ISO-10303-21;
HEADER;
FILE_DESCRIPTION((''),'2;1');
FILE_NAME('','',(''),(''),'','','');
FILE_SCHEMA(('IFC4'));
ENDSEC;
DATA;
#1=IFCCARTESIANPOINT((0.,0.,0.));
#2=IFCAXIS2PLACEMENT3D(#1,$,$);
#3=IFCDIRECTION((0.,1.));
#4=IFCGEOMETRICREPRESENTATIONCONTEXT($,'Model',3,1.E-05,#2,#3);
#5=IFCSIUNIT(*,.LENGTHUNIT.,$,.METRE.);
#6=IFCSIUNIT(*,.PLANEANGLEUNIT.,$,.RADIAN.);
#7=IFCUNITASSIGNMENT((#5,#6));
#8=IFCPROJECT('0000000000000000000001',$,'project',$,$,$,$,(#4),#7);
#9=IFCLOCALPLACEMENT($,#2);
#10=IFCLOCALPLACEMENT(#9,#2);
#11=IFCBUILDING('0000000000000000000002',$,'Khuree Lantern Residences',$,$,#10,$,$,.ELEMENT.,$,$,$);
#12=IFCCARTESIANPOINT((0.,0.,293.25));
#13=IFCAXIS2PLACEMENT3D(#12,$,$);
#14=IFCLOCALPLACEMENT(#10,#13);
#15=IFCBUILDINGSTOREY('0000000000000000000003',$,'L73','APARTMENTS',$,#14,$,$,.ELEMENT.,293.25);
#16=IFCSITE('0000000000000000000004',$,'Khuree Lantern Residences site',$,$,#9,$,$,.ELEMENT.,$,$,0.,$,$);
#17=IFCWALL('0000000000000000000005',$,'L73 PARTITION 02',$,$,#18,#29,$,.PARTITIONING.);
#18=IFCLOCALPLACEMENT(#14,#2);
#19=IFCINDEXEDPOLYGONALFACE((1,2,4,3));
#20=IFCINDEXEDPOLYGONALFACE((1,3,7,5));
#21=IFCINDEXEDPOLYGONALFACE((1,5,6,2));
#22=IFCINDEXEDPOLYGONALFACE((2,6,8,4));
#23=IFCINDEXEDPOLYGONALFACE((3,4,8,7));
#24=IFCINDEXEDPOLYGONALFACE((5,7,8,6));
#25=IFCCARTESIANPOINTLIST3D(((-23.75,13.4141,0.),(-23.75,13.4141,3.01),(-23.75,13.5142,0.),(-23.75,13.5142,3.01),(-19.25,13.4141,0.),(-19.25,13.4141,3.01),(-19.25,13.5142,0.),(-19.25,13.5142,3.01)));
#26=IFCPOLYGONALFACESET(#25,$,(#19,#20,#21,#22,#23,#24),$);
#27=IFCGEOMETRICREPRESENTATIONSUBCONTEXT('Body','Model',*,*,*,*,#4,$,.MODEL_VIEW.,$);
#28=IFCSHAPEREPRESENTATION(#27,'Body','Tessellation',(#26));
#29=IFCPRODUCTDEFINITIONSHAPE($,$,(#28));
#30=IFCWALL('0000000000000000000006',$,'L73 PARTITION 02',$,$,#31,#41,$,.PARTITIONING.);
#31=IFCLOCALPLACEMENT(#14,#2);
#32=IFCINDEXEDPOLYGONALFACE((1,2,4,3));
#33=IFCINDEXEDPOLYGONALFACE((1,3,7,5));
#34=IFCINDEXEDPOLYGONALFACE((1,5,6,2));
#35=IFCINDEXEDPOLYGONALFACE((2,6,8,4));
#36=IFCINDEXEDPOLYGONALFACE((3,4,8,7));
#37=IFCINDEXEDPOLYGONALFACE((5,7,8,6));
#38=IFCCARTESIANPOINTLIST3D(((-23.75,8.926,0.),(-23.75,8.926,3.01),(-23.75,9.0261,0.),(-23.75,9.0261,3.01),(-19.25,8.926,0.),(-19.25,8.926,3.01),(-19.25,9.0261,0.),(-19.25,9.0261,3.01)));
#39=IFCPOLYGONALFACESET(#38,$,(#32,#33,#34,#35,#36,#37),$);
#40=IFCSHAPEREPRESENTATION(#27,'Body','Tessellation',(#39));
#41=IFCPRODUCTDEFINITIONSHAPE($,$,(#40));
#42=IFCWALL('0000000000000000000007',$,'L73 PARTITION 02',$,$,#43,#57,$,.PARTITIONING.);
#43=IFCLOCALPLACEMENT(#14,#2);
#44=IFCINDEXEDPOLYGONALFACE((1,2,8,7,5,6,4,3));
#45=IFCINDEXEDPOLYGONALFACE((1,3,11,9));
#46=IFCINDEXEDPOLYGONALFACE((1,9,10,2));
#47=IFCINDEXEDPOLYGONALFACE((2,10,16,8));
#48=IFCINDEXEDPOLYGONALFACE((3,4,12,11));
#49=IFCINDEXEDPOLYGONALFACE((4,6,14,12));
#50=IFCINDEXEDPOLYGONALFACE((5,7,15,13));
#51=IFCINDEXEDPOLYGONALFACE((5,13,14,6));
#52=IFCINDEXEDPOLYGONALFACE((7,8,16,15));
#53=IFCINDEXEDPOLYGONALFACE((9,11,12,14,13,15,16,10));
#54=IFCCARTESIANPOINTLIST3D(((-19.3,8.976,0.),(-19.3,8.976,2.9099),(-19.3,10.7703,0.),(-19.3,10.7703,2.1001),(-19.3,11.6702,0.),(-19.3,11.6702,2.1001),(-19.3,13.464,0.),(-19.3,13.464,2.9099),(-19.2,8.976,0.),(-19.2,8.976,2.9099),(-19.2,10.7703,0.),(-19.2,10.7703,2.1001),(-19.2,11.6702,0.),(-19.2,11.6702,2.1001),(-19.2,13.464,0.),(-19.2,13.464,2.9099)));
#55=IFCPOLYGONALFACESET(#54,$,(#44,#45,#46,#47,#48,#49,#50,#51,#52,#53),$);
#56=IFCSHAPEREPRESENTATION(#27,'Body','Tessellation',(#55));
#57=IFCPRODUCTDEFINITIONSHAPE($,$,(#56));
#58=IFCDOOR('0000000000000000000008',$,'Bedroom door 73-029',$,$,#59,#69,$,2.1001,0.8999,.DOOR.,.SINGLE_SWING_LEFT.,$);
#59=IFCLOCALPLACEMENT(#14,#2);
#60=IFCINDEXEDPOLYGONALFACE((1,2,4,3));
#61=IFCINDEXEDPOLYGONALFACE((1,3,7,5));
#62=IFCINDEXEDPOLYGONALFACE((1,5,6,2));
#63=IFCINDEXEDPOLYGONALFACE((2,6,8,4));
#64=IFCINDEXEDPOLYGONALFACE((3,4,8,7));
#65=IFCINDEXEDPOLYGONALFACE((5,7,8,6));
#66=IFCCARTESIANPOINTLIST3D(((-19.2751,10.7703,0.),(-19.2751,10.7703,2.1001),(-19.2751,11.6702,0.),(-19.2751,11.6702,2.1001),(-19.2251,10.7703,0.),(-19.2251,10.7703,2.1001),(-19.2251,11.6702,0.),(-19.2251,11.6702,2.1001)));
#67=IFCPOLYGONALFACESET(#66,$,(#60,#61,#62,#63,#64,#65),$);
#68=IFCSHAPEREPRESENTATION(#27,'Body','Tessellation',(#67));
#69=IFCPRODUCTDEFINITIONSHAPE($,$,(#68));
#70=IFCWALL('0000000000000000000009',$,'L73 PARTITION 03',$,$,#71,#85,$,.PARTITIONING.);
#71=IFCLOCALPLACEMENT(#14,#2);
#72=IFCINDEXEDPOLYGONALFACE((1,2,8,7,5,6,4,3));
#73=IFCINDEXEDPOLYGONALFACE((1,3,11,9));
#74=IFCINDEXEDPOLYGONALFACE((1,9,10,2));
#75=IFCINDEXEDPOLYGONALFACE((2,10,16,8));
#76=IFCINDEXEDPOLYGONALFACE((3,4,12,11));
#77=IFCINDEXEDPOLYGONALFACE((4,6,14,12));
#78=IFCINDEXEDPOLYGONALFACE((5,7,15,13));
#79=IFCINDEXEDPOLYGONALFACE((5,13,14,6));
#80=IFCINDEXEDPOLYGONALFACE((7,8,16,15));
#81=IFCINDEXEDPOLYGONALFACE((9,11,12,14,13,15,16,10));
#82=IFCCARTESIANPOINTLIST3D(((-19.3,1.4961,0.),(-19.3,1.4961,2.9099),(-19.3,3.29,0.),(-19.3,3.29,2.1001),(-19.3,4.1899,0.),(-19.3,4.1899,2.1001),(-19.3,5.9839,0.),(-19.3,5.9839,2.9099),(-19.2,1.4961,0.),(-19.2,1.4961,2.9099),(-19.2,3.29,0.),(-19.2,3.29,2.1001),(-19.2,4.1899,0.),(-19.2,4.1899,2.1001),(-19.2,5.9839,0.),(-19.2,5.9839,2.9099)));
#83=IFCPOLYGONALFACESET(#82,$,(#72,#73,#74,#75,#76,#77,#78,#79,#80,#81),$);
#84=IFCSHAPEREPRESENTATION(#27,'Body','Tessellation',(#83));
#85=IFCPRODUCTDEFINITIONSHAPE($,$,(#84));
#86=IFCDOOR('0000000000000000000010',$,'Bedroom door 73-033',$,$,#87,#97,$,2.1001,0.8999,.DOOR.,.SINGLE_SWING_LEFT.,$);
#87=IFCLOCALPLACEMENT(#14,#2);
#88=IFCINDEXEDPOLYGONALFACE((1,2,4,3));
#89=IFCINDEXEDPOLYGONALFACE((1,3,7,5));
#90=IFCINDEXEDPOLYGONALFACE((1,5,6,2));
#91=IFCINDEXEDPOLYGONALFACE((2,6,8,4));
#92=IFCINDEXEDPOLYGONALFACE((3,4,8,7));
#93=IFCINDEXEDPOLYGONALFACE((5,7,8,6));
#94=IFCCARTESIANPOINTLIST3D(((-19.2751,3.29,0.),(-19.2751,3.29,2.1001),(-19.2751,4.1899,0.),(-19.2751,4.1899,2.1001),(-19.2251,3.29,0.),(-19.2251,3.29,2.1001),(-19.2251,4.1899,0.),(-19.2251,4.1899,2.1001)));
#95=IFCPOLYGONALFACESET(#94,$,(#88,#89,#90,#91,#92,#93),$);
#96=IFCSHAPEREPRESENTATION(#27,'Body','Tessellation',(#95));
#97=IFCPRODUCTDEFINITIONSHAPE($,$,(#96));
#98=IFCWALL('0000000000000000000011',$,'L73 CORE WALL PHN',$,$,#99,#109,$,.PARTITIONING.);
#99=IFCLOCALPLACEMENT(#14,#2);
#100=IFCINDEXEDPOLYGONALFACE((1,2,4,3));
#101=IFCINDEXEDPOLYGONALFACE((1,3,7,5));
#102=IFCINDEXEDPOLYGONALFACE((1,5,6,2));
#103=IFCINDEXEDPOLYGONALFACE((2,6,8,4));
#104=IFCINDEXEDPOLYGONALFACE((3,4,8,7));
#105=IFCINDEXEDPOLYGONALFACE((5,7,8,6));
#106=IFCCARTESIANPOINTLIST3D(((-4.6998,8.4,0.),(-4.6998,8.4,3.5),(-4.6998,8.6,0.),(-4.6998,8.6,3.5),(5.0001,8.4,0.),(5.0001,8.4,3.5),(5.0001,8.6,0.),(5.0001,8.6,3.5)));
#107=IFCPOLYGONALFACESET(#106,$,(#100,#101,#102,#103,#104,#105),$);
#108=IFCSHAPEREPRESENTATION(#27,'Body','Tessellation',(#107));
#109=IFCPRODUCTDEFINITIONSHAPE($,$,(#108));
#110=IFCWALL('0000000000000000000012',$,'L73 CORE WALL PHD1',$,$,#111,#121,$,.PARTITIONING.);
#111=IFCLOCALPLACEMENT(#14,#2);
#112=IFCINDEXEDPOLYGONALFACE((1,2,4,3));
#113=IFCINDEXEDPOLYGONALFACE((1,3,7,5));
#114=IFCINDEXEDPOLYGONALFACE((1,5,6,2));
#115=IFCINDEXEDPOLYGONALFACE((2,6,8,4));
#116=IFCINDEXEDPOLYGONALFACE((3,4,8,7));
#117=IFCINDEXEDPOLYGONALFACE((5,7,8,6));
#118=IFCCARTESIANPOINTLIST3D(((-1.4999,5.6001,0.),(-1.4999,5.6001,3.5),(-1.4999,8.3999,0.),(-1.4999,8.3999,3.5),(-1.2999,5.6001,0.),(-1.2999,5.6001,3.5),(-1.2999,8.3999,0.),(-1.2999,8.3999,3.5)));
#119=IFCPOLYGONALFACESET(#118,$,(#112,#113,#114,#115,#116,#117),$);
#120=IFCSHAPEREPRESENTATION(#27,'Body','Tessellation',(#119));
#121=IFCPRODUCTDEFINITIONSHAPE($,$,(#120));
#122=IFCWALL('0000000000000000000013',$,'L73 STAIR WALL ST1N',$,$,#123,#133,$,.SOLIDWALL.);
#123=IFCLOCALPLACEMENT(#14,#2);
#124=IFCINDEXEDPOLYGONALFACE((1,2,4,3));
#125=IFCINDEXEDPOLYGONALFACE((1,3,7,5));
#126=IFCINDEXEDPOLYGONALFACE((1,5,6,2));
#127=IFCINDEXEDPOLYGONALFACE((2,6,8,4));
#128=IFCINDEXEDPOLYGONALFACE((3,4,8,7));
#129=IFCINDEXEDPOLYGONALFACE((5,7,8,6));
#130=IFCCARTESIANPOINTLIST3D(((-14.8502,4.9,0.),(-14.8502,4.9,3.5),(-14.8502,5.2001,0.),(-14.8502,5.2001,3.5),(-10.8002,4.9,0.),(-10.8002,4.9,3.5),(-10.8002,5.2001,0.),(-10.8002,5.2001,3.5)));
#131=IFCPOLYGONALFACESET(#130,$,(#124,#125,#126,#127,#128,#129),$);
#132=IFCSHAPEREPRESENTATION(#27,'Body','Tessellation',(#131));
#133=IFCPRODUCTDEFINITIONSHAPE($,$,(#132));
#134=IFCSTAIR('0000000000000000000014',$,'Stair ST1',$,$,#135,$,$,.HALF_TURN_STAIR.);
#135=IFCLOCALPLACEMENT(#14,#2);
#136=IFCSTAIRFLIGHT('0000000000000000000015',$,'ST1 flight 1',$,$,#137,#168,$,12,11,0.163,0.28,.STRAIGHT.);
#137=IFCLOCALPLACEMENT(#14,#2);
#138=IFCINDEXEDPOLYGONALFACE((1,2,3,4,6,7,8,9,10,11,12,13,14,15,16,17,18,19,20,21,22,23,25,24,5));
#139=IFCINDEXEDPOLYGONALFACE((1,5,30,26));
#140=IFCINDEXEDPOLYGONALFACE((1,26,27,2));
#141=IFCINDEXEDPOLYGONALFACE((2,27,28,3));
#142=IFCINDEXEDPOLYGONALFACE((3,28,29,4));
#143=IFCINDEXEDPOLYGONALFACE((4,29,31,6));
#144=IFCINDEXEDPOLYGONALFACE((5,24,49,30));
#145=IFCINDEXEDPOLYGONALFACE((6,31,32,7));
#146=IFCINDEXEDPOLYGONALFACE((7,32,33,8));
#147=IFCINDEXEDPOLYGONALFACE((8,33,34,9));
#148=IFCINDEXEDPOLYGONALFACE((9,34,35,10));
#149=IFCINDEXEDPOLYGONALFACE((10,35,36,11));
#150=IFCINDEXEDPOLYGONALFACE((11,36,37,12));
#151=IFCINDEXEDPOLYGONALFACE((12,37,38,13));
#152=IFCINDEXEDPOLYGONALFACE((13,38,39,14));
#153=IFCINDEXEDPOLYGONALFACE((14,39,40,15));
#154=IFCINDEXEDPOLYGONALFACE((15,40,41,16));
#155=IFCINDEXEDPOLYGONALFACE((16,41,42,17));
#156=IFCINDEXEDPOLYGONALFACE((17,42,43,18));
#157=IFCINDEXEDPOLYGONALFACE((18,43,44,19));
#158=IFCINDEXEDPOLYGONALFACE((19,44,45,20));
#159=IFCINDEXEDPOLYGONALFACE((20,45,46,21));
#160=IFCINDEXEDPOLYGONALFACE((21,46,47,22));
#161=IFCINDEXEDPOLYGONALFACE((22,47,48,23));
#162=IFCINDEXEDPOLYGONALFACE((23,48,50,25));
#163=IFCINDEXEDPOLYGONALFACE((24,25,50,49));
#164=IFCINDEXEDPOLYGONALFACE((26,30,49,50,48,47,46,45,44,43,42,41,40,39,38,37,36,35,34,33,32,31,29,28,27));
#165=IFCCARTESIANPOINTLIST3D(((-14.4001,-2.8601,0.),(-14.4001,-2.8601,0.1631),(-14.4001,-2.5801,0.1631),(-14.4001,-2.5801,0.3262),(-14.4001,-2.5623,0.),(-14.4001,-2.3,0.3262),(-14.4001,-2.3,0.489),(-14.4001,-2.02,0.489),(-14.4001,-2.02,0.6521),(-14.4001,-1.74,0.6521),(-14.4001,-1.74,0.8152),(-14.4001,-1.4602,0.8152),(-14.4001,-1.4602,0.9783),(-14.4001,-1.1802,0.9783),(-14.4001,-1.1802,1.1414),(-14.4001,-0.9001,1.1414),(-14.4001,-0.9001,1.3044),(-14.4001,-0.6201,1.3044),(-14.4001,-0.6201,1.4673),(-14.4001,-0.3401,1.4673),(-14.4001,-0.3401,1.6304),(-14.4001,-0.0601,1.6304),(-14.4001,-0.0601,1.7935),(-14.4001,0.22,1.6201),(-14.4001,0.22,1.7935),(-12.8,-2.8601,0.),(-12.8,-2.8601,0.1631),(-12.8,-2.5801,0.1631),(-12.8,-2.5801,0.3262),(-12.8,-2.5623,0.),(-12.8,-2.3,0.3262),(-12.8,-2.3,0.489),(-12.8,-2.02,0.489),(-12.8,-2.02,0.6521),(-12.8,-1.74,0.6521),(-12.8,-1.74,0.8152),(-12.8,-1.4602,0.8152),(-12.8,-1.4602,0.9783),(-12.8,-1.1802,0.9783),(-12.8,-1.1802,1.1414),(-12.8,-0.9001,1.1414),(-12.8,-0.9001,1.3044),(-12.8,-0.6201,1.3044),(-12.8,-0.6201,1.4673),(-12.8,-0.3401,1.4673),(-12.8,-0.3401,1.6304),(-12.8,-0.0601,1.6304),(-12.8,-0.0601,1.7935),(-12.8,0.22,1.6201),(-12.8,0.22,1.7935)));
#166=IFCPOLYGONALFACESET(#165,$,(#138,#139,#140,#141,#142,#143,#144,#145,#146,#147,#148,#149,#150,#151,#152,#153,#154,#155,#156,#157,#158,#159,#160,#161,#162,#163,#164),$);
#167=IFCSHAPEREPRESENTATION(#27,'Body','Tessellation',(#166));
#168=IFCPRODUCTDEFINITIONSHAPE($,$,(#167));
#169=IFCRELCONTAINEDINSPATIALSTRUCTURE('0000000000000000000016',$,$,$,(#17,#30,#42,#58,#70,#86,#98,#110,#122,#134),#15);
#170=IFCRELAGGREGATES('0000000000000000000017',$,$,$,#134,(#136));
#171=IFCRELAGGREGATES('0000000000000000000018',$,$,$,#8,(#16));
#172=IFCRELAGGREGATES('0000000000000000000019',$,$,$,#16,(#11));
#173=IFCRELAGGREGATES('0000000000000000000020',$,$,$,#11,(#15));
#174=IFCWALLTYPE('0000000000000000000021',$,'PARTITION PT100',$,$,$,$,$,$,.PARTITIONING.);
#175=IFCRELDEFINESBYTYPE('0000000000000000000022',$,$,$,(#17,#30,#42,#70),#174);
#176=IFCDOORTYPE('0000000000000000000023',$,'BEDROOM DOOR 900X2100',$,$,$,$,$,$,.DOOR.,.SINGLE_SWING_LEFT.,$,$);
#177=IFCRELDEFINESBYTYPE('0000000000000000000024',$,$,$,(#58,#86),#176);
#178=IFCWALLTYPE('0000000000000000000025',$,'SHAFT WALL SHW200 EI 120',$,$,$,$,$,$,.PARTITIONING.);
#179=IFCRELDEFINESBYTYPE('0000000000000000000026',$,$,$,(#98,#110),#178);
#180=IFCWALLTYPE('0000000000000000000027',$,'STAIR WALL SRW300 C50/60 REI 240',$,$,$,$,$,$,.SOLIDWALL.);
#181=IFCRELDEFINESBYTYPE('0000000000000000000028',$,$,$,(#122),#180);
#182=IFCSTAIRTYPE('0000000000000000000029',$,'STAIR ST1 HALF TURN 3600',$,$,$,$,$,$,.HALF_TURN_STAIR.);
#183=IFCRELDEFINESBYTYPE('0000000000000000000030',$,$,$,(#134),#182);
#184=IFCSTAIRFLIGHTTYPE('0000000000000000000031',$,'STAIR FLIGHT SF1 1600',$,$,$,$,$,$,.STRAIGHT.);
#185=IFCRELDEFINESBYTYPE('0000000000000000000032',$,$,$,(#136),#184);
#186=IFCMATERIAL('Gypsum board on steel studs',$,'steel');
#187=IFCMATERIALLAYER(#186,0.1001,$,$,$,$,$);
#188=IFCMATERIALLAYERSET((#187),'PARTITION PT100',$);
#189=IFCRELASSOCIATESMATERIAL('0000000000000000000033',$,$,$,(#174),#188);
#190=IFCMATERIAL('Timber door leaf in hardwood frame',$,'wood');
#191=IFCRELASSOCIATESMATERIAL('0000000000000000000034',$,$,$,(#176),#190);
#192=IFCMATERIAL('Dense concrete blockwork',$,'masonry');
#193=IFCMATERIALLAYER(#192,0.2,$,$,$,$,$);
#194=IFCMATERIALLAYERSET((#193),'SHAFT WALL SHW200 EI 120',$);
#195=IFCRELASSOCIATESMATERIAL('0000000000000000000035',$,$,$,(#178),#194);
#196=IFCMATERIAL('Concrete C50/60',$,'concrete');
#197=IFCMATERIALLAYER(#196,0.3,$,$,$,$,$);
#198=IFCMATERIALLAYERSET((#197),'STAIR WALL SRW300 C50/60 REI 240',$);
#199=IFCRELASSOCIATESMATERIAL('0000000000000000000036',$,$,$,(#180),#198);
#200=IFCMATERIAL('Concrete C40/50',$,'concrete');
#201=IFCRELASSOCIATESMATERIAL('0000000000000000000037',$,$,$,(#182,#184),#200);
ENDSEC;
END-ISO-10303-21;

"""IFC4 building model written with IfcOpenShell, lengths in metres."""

from ifc_helpers import new_model, si_unit, direction, frame, frame_2d, origin, place, context, subcontext, project, spatial, polyline, rectangle, outline, extrude, material, layer, layer_set, type_object, element, fill, aggregate, save


model = new_model("IFC4")

# Units and contexts
model_context = context("Model", 3, precision=1e-05, world=origin(), true_north=direction((0.0, 1.0)))
body_context = subcontext(model_context, "Body", "Model", "MODEL_VIEW")
ifc_project = project(units=[si_unit("LENGTHUNIT", "METRE"), si_unit("PLANEANGLEUNIT", "RADIAN")], contexts=[model_context])

# Site, building, storey
site_placement = place(None, origin())
site = spatial("IfcSite", under=ifc_project, at=site_placement, Name="Khuree Lantern Residences site", CompositionType="ELEMENT", RefElevation=0.0)
building_placement = place(site_placement, origin())
building = spatial("IfcBuilding", under=site, at=building_placement, Name="Khuree Lantern Residences", CompositionType="ELEMENT")
storey_placement = place(building_placement, frame((0.0, 0.0, 293.25)))
storey = spatial("IfcBuildingStorey", under=building, at=storey_placement, Name="L73", Description="APARTMENTS", CompositionType="ELEMENT", Elevation=293.25)

# Shared definitions
ifc_material_1 = material(Name="Concrete C50/60", Category="concrete")

# Shared definitions
ifc_material_2 = material(Name="Dense concrete blockwork", Category="masonry")

# Shared definitions
ifc_material_3 = material(Name="Timber door leaf in hardwood frame", Category="wood")

# Shared definitions
ifc_material_4 = material(Name="Gypsum board on steel studs", Category="steel")

# Walls
ifc_layer_1 = layer(ifc_material_4, 0.1001)
ifc_layer_set_1 = layer_set([ifc_layer_1], Name="PARTITION PT100")
wall_type_1 = type_object("IfcWallType", Name="PARTITION PT100", PredefinedType="PARTITIONING", material=ifc_layer_set_1)
for number, where, z_axis, x_axis, name in (
    (1, (-19.25, 13.4641, 0.0), (0.0, 0.0, 1.0), (-1.0, 0.0, 0.0), "L73 PARTITION 02"),
    (2, (-19.25, 8.9761, 0.0), (0.0, 0.0, 1.0), (-1.0, 0.0, 0.0), "L73 PARTITION 02"),
):
    element("IfcWall", number, at=place(storey_placement, frame(where, z_axis=z_axis, x_axis=x_axis)), inside=storey, type_object=wall_type_1, Name=name, PredefinedType="PARTITIONING", context=body_context, shape_type="SweptSolid", body=[
        extrude(rectangle(XDim=4.5, YDim=0.1001, at=frame_2d((2.25, 0.0))), origin(), (0.0, 0.0, 1.0), 3.01),
    ])

# Walls, openings, doors
wall_1_placement = place(storey_placement, frame((-19.25, 13.4641, 0.0), z_axis=(0.0, 0.0, 1.0), x_axis=(0.0, -1.0, 0.0)))
wall_1 = element("IfcWall", 3, at=wall_1_placement, inside=storey, type_object=wall_type_1, Name="L73 PARTITION 02", PredefinedType="PARTITIONING", context=body_context, shape_type="SweptSolid", body=[
    extrude(rectangle(XDim=4.488, YDim=0.1001, at=frame_2d((2.2441, 0.0))), origin(), (0.0, 0.0, 1.0), 2.9099),
])
opening_1_placement = place(wall_1_placement, frame((1.7939, 0.0, 0.0)))
opening_1 = element("IfcOpeningElement", 4, at=opening_1_placement, cuts=wall_1, PredefinedType="OPENING", context=body_context, shape_type="SweptSolid", body=[
    extrude(rectangle(XDim=0.8999, YDim=2.1001, at=frame_2d((0.45, 1.05))), frame((0.0, 0.0601, 0.0), z_axis=(0.0, -1.0, 0.0), x_axis=(1.0, 0.0, 0.0)), (0.0, 0.0, 1.0), 0.1201),
])
door_type_1 = type_object("IfcDoorType", Name="BEDROOM DOOR 900X2100", OperationType="SINGLE_SWING_LEFT", PredefinedType="DOOR", material=ifc_material_3)
door_1_placement = place(opening_1_placement, origin())
door_1 = element("IfcDoor", 5, at=door_1_placement, inside=storey, type_object=door_type_1, Name="Bedroom door 73-029", OperationType="SINGLE_SWING_LEFT", OverallHeight=2.1001, OverallWidth=0.8999, PredefinedType="DOOR", context=body_context, shape_type="SweptSolid", body=[
    extrude(rectangle(XDim=0.8999, YDim=2.1001, at=frame_2d((0.45, 1.05))), frame((0.0, 0.0249, 0.0), z_axis=(0.0, -1.0, 0.0), x_axis=(1.0, 0.0, 0.0)), (0.0, 0.0, 1.0), 0.05),
])
fill(opening_1, door_1)
wall_2_placement = place(storey_placement, frame((-19.25, 5.9839, 0.0), z_axis=(0.0, 0.0, 1.0), x_axis=(0.0, -1.0, 0.0)))
wall_2 = element("IfcWall", 6, at=wall_2_placement, inside=storey, type_object=wall_type_1, Name="L73 PARTITION 03", PredefinedType="PARTITIONING", context=body_context, shape_type="SweptSolid", body=[
    extrude(rectangle(XDim=4.4878, YDim=0.1001, at=frame_2d((2.2439, 0.0))), origin(), (0.0, 0.0, 1.0), 2.9099),
])
opening_2_placement = place(wall_2_placement, frame((1.7939, 0.0, 0.0)))
opening_2 = element("IfcOpeningElement", 7, at=opening_2_placement, cuts=wall_2, PredefinedType="OPENING", context=body_context, shape_type="SweptSolid", body=[
    extrude(rectangle(XDim=0.8999, YDim=2.1001, at=frame_2d((0.45, 1.05))), frame((0.0, 0.0601, 0.0), z_axis=(0.0, -1.0, 0.0), x_axis=(1.0, 0.0, 0.0)), (0.0, 0.0, 1.0), 0.1201),
])
door_2_placement = place(opening_2_placement, origin())
door_2 = element("IfcDoor", 8, at=door_2_placement, inside=storey, type_object=door_type_1, Name="Bedroom door 73-033", OperationType="SINGLE_SWING_LEFT", OverallHeight=2.1001, OverallWidth=0.8999, PredefinedType="DOOR", context=body_context, shape_type="SweptSolid", body=[
    extrude(rectangle(XDim=0.8999, YDim=2.1001, at=frame_2d((0.45, 1.05))), frame((0.0, 0.0249, 0.0), z_axis=(0.0, -1.0, 0.0), x_axis=(1.0, 0.0, 0.0)), (0.0, 0.0, 1.0), 0.05),
])
fill(opening_2, door_2)

# Walls
ifc_layer_2 = layer(ifc_material_2, 0.2)
ifc_layer_set_2 = layer_set([ifc_layer_2], Name="SHAFT WALL SHW200 EI 120")
wall_type_2 = type_object("IfcWallType", Name="SHAFT WALL SHW200 EI 120", PredefinedType="PARTITIONING", material=ifc_layer_set_2)
wall_3_placement = place(storey_placement, frame((-4.7, 8.5, 0.0), z_axis=(0.0, 0.0, 1.0), x_axis=(1.0, 0.0, 0.0)))
element("IfcWall", 9, at=wall_3_placement, inside=storey, type_object=wall_type_2, Name="L73 CORE WALL PHN", PredefinedType="PARTITIONING", context=body_context, shape_type="SweptSolid", body=[
    extrude(rectangle(XDim=9.7, YDim=0.2, at=frame_2d((4.8501, 0.0))), origin(), (0.0, 0.0, 1.0), 3.5),
])
wall_4_placement = place(storey_placement, frame((-1.3999, 5.6001, 0.0), z_axis=(0.0, 0.0, 1.0), x_axis=(0.0, 1.0, 0.0)))
element("IfcWall", 10, at=wall_4_placement, inside=storey, type_object=wall_type_2, Name="L73 CORE WALL PHD1", PredefinedType="PARTITIONING", context=body_context, shape_type="SweptSolid", body=[
    extrude(rectangle(XDim=2.7998, YDim=0.2, at=frame_2d((1.3999, 0.0))), origin(), (0.0, 0.0, 1.0), 3.5),
])
ifc_layer_3 = layer(ifc_material_1, 0.3)
ifc_layer_set_3 = layer_set([ifc_layer_3], Name="STAIR WALL SRW300 C50/60 REI 240")
wall_type_3 = type_object("IfcWallType", Name="STAIR WALL SRW300 C50/60 REI 240", PredefinedType="SOLIDWALL", material=ifc_layer_set_3)
wall_5_placement = place(storey_placement, frame((-14.8501, 5.05, 0.0), z_axis=(0.0, 0.0, 1.0), x_axis=(1.0, 0.0, 0.0)))
element("IfcWall", 11, at=wall_5_placement, inside=storey, type_object=wall_type_3, Name="L73 STAIR WALL ST1N", PredefinedType="SOLIDWALL", context=body_context, shape_type="SweptSolid", body=[
    extrude(rectangle(XDim=4.05, YDim=0.3, at=frame_2d((2.0249, 0.0))), origin(), (0.0, 0.0, 1.0), 3.5),
])

# Stair, stair flight
ifc_material_5 = material(Name="Concrete C40/50", Category="concrete")
stair_type = type_object("IfcStairType", Name="STAIR ST1 HALF TURN 3600", PredefinedType="HALF_TURN_STAIR", material=ifc_material_5)
stair_placement = place(storey_placement, origin())
stair = element("IfcStair", 12, at=stair_placement, inside=storey, type_object=stair_type, Name="Stair ST1", PredefinedType="HALF_TURN_STAIR")
stair_flight_type = type_object("IfcStairFlightType", Name="STAIR FLIGHT SF1 1600", PredefinedType="STRAIGHT", material=ifc_material_5)
stair_flight_1_placement = place(storey_placement, frame((-13.6001, -2.8601, 0.0), z_axis=(0.0, 0.0, 1.0), x_axis=(0.0, 1.0, 0.0)))
stair_flight_1 = element("IfcStairFlight", 13, at=stair_flight_1_placement, type_object=stair_flight_type, Name="ST1 flight 1", NumberOfRisers=12, NumberOfTreads=11, PredefinedType="STRAIGHT", RiserHeight=0.163, TreadLength=0.28, context=body_context, shape_type="SweptSolid", body=[
    extrude(outline(polyline([(0.0, 0.0), (0.0, 0.1631), (0.28, 0.1631), (0.28, 0.3262), (0.5601, 0.3262), (0.5601, 0.489), (0.8401, 0.489), (0.8401, 0.6521), (1.1201, 0.6521), (1.1201, 0.8152), (1.3999, 0.8152), (1.3999, 0.9783), (1.6799, 0.9783), (1.6799, 1.1414), (1.96, 1.1414), (1.96, 1.3044), (2.24, 1.3044), (2.24, 1.4673), (2.52, 1.4673), (2.52, 1.6304), (2.8, 1.6304), (2.8, 1.7935), (3.0801, 1.7935), (3.0801, 1.9565), (3.0801, 1.6201), (0.2979, 0.0), (0.0, 0.0)])), frame((0.0, 0.8, 0.0), z_axis=(0.0, -1.0, 0.0), x_axis=(1.0, 0.0, 0.0)), (0.0, 0.0, 1.0), 1.6001),
])
aggregate(stair, [stair_flight_1])

save(model, "model.ifc")
